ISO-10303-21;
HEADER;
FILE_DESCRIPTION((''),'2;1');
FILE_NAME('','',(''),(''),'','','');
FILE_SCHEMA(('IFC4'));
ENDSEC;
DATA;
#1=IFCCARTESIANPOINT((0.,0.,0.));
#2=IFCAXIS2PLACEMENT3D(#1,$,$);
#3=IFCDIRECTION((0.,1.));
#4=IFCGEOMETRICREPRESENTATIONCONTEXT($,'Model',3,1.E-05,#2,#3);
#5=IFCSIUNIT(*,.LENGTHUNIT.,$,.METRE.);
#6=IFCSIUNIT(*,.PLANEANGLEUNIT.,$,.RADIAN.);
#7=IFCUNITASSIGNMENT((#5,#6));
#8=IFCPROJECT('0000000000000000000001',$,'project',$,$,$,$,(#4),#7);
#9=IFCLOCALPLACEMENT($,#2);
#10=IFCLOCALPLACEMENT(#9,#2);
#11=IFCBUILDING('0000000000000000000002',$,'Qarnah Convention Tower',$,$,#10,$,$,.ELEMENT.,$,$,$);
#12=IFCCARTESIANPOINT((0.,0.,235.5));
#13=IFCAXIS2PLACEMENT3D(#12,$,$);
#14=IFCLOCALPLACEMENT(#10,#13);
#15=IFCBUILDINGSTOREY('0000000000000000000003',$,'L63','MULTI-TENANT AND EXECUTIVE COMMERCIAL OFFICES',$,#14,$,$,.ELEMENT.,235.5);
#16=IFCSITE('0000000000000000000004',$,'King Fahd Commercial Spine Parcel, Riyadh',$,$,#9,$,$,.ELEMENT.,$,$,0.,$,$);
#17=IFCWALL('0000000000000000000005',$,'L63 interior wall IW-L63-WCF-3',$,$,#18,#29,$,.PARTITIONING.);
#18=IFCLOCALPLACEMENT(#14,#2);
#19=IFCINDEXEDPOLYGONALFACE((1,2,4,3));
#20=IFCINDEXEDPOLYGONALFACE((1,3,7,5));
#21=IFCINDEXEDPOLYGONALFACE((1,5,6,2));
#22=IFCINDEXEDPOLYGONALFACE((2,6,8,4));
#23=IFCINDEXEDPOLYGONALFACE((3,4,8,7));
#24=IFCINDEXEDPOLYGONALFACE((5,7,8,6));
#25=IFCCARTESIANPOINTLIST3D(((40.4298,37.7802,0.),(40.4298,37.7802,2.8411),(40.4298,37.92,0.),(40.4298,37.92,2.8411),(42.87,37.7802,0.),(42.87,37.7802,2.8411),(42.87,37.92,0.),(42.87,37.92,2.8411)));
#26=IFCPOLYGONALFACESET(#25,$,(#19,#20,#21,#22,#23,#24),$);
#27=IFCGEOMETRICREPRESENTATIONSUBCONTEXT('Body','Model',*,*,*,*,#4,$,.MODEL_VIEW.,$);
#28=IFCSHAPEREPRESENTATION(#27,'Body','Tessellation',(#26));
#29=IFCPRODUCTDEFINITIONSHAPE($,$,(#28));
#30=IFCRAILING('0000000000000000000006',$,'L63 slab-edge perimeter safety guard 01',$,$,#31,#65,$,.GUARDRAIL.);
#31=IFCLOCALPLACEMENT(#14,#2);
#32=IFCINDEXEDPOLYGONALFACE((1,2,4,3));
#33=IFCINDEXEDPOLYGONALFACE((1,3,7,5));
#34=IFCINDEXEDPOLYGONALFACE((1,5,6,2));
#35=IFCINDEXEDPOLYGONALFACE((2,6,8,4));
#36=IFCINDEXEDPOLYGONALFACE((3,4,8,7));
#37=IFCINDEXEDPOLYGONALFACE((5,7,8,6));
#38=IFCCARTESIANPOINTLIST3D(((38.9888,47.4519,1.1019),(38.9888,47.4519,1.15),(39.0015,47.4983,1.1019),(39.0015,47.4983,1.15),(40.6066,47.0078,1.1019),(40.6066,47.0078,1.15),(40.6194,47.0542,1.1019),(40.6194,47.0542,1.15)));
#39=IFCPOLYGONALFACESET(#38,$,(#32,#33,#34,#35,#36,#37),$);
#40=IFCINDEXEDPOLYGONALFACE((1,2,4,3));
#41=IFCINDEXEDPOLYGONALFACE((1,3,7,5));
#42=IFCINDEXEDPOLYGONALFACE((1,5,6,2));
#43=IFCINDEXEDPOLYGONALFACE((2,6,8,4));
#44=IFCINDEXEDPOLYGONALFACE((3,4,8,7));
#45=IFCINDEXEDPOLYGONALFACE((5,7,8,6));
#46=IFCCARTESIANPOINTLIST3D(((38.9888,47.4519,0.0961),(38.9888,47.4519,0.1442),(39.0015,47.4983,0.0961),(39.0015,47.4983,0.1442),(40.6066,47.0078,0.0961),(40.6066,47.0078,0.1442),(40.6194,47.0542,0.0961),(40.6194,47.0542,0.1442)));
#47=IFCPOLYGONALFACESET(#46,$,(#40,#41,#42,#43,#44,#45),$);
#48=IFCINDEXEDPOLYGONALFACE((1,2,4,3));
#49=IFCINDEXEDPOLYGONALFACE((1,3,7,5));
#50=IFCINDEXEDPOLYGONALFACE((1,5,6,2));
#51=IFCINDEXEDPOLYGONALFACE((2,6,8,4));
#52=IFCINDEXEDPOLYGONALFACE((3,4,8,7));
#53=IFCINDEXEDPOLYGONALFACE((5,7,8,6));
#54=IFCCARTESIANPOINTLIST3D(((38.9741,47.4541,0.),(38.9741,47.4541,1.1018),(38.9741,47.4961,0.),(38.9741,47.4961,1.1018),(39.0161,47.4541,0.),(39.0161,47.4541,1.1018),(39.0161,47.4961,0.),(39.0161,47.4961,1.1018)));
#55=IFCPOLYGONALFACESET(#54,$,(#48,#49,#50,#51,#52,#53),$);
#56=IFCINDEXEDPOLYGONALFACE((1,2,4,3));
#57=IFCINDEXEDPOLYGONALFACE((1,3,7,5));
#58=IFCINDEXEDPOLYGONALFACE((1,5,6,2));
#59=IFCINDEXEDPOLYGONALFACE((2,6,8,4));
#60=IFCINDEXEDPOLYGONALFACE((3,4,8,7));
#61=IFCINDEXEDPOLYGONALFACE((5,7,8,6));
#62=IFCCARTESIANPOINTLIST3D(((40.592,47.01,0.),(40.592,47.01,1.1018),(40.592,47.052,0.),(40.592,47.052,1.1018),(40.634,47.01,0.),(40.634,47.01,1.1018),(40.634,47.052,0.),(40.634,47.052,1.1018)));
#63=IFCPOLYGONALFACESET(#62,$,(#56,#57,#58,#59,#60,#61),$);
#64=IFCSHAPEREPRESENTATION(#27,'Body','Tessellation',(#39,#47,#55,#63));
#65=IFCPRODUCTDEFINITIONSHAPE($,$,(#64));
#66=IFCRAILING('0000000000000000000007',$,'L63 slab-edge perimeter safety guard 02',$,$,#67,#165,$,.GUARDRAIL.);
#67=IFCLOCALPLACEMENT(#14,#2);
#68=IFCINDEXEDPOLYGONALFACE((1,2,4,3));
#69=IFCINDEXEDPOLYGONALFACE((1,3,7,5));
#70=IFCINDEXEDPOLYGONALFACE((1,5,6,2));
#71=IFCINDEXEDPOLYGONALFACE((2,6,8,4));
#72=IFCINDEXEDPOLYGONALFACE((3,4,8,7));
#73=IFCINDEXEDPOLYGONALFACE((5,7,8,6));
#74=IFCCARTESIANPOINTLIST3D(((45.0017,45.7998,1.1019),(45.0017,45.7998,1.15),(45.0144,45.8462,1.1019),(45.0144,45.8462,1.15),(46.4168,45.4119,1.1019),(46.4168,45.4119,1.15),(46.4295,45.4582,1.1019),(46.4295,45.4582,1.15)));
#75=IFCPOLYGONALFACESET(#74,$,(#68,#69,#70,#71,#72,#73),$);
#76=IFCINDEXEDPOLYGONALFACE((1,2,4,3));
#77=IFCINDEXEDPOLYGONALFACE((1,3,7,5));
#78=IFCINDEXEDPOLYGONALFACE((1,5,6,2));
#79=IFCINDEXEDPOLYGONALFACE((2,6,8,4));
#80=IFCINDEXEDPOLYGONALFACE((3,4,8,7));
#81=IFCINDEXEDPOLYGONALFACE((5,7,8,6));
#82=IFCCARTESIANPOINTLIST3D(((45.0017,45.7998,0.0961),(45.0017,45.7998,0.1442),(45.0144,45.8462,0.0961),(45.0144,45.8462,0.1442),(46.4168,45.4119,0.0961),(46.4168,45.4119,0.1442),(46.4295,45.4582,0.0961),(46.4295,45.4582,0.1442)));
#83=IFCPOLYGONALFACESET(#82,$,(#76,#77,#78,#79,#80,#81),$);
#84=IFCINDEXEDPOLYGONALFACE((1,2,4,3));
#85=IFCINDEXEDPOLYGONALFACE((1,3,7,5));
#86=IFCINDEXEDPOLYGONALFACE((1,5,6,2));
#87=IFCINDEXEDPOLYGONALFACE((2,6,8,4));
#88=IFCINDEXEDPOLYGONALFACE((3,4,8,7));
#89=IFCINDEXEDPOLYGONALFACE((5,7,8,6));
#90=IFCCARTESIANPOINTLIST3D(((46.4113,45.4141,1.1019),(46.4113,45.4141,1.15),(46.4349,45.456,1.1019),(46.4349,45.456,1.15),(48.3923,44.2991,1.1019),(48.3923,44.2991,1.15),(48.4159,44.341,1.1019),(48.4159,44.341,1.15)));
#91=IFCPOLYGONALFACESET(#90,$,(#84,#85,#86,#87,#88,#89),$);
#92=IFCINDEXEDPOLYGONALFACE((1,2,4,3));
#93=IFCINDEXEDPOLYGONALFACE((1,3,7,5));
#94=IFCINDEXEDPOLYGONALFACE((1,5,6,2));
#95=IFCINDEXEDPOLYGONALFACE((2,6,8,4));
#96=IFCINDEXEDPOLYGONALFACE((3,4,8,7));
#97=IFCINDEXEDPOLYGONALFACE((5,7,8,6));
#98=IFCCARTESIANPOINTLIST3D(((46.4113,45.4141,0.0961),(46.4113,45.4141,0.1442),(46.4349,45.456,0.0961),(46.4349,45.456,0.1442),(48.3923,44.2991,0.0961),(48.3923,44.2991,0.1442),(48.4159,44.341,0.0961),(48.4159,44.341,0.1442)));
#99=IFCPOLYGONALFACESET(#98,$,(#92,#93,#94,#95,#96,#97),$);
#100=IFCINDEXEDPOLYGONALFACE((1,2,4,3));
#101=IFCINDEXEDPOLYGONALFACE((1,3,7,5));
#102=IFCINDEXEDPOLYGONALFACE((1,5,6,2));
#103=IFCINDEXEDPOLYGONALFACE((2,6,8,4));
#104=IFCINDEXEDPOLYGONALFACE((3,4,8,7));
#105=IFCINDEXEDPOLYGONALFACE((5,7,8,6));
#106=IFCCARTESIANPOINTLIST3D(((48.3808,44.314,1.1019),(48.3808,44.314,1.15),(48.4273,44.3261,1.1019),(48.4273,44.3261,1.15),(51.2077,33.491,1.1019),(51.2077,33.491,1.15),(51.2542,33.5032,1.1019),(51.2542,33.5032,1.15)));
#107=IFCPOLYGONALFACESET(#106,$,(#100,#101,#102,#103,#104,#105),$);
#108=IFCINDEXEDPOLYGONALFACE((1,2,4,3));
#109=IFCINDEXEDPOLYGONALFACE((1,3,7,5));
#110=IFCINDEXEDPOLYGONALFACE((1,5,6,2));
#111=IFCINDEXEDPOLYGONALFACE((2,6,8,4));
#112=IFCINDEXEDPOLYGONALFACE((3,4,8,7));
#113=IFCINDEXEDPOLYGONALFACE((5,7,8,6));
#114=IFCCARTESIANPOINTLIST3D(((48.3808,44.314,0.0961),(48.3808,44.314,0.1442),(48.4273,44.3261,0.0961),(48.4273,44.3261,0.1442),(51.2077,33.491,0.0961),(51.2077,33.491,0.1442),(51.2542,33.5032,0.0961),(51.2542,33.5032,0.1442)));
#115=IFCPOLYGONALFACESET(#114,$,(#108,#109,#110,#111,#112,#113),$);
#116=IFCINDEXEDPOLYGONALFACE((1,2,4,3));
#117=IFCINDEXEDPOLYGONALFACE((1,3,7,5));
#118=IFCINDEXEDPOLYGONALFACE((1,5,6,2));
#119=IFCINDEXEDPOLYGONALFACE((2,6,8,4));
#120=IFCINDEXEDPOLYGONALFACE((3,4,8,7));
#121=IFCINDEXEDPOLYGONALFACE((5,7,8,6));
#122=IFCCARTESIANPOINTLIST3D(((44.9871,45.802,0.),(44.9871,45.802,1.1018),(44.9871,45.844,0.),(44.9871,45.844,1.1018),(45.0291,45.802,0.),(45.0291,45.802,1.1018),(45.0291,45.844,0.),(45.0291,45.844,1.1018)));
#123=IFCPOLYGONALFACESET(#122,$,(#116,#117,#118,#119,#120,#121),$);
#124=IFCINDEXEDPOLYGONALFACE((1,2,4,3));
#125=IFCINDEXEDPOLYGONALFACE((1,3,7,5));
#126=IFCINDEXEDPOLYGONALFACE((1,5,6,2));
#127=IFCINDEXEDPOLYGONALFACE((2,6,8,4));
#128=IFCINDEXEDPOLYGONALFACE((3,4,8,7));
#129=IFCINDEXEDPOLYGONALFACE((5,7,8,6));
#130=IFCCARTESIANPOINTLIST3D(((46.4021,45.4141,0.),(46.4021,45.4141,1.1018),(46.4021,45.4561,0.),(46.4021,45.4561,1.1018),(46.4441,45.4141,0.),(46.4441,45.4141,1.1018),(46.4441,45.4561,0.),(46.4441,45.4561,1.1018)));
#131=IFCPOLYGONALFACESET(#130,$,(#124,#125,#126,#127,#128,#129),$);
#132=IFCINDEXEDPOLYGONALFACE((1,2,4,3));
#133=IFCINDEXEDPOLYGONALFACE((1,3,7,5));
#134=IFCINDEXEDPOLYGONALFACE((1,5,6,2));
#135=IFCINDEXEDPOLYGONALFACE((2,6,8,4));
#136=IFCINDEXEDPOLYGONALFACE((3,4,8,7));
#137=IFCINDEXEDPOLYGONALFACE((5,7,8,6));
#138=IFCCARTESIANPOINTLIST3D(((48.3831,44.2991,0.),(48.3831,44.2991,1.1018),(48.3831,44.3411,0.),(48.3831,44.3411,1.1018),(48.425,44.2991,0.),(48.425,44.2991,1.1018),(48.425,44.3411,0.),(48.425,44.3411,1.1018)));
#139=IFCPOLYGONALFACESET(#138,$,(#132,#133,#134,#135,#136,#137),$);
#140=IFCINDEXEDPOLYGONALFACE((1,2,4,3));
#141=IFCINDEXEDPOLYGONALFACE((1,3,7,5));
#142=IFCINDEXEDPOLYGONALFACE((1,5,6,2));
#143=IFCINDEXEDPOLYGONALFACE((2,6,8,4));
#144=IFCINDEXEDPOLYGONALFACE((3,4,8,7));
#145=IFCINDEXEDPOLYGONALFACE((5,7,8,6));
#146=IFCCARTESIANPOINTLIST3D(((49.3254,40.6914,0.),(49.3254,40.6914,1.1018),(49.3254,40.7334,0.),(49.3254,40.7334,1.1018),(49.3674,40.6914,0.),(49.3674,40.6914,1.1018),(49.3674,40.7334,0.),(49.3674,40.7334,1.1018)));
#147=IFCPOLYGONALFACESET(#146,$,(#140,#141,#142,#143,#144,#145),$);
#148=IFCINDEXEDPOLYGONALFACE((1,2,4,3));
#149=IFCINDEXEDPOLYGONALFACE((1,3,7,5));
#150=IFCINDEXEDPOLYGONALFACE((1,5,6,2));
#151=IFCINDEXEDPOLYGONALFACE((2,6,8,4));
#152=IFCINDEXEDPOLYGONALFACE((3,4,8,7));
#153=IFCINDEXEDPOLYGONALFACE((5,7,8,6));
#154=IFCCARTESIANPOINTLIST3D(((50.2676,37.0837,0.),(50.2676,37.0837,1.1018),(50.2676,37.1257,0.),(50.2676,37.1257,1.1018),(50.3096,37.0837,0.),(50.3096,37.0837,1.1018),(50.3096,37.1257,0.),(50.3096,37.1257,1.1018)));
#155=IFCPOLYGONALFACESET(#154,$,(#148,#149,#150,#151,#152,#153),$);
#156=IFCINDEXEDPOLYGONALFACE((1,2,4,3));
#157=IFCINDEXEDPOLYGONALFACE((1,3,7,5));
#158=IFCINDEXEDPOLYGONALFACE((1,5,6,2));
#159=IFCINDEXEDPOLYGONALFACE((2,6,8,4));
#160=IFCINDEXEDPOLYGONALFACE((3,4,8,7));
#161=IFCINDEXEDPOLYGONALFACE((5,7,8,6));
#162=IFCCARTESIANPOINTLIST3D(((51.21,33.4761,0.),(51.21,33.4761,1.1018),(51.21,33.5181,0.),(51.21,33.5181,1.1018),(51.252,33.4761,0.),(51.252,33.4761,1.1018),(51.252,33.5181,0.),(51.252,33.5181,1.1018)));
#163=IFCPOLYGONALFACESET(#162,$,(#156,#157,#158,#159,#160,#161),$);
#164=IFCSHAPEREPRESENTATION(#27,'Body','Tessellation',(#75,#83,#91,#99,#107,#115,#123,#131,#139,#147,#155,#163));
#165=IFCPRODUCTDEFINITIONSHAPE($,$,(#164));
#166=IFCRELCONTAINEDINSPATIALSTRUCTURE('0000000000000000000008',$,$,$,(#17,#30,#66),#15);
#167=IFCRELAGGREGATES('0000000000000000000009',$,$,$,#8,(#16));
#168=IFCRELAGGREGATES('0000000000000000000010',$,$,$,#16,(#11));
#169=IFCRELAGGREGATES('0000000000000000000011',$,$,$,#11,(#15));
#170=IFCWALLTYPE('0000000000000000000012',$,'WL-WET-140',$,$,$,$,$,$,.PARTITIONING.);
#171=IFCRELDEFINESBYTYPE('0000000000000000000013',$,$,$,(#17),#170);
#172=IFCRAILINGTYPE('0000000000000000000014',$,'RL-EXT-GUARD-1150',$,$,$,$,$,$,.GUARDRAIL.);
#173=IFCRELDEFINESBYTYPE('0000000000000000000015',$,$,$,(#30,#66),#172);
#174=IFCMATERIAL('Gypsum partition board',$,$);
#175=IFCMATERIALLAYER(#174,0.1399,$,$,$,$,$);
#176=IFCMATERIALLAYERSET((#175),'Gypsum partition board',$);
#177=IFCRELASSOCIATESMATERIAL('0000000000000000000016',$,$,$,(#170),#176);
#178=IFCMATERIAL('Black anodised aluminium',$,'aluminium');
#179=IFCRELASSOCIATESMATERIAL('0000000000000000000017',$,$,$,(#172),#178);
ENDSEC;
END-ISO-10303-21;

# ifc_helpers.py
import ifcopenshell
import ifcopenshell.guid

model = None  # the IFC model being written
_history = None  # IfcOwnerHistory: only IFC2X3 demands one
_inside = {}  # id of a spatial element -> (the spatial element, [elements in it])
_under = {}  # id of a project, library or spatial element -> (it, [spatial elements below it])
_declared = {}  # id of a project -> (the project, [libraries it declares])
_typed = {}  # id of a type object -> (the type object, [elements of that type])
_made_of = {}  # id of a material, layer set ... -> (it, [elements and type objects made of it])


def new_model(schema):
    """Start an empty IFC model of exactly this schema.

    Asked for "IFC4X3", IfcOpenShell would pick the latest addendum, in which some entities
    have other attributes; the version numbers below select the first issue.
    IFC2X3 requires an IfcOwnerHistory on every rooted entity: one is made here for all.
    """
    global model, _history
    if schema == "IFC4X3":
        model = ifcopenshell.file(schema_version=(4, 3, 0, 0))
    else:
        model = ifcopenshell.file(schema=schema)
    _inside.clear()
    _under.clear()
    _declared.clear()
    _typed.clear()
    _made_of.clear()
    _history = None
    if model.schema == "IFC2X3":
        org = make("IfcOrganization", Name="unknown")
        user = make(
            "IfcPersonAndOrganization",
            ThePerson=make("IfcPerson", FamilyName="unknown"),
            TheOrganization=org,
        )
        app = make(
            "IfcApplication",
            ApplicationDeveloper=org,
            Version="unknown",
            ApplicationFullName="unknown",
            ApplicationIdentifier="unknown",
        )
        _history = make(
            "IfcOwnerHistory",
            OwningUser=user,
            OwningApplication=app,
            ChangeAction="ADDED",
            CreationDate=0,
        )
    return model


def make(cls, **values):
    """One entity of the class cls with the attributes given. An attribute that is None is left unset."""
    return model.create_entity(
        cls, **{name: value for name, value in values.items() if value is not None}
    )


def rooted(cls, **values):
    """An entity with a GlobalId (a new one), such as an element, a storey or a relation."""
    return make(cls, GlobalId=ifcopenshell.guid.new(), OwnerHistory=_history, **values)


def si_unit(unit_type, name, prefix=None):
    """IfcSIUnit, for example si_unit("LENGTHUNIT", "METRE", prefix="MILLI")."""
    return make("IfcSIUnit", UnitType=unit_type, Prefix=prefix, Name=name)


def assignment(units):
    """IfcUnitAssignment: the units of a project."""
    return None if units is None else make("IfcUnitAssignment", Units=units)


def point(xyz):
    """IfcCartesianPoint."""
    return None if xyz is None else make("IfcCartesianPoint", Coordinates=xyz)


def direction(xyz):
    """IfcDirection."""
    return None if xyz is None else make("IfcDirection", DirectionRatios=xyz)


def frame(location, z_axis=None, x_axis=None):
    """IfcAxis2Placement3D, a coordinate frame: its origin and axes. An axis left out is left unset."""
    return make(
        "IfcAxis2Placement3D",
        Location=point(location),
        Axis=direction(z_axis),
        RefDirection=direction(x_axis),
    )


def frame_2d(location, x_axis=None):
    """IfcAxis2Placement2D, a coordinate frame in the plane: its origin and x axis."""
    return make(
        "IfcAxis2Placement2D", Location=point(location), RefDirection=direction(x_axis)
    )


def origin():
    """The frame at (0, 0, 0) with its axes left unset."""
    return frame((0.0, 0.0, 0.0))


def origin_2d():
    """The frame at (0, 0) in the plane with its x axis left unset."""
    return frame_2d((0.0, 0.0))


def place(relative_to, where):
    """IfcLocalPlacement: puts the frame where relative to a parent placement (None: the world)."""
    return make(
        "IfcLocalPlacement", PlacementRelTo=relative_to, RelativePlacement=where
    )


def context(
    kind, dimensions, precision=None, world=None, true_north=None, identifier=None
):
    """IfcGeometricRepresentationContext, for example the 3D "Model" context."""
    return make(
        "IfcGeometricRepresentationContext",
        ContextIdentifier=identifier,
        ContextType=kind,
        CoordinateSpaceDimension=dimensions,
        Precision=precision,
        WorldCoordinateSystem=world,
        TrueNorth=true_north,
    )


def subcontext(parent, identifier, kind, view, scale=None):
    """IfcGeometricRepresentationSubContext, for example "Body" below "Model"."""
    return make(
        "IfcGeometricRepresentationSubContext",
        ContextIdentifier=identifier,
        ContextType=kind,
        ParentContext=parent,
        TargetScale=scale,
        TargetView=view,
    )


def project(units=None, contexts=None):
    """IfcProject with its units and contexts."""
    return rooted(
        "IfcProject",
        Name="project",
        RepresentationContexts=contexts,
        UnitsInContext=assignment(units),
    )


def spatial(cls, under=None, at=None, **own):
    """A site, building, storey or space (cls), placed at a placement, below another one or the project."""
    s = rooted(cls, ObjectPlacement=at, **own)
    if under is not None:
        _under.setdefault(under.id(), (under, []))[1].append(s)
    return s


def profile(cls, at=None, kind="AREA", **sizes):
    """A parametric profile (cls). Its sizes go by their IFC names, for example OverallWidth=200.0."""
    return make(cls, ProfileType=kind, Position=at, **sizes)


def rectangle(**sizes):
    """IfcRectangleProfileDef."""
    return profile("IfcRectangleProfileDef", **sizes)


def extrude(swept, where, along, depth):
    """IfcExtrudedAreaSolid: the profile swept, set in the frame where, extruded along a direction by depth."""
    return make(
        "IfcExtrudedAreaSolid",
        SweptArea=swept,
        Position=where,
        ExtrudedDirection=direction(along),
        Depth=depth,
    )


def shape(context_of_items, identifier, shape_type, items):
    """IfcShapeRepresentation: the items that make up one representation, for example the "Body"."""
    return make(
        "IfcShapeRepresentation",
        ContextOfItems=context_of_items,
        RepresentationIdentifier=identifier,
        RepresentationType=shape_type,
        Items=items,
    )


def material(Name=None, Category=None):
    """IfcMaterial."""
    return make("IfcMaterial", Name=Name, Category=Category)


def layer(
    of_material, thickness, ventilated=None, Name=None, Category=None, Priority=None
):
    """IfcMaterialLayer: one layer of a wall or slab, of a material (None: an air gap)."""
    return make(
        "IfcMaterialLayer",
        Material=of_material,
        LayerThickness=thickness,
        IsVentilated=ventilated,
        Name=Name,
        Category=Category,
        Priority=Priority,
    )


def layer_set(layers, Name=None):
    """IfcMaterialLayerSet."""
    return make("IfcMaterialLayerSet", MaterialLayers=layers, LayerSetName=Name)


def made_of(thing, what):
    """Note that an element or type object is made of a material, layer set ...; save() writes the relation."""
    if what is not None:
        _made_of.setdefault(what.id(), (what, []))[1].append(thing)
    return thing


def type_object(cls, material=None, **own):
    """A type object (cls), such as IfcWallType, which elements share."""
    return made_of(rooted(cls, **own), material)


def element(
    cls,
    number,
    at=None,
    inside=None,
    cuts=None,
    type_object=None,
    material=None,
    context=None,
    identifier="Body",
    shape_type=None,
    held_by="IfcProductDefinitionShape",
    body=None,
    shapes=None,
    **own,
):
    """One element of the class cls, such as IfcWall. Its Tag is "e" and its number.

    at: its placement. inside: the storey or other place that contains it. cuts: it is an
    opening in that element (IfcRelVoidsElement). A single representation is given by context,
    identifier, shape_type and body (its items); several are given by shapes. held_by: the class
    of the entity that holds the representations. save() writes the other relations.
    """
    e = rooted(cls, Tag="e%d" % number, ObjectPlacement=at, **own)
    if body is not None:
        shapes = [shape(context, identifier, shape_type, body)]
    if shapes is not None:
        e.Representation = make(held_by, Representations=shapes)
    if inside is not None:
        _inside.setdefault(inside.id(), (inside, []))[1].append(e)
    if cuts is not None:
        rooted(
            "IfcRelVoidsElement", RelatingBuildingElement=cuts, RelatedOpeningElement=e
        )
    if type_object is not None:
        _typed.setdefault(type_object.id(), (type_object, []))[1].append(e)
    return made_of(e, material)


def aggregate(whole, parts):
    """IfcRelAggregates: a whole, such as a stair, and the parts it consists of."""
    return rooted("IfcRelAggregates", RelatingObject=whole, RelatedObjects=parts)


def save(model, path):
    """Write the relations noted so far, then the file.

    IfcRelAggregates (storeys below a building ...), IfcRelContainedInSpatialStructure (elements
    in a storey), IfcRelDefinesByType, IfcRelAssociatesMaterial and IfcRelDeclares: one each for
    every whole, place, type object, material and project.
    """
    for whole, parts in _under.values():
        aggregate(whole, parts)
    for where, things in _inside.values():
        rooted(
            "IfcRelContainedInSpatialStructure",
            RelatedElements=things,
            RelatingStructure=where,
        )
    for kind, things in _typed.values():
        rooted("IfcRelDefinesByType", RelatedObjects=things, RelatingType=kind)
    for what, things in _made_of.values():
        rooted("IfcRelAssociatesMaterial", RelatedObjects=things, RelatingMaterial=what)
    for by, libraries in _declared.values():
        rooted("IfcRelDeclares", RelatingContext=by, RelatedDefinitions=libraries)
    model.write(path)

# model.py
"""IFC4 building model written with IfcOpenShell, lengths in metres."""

from ifc_helpers import new_model, si_unit, direction, frame, frame_2d, origin, origin_2d, place, context, subcontext, project, spatial, rectangle, extrude, material, layer, layer_set, type_object, element, save


model = new_model("IFC4")

# Units and contexts
model_context = context("Model", 3, precision=1e-05, world=origin(), true_north=direction((0.0, 1.0)))
body_context = subcontext(model_context, "Body", "Model", "MODEL_VIEW")
ifc_project = project(units=[si_unit("LENGTHUNIT", "METRE"), si_unit("PLANEANGLEUNIT", "RADIAN")], contexts=[model_context])

# Site, building, storey
site_placement = place(None, origin())
site = spatial("IfcSite", under=ifc_project, at=site_placement, Name="King Fahd Commercial Spine Parcel, Riyadh", CompositionType="ELEMENT", RefElevation=0.0)
building_placement = place(site_placement, origin())
building = spatial("IfcBuilding", under=site, at=building_placement, Name="Qarnah Convention Tower", CompositionType="ELEMENT")
storey_placement = place(building_placement, frame((0.0, 0.0, 235.5)))
storey = spatial("IfcBuildingStorey", under=building, at=storey_placement, Name="L63", Description="MULTI-TENANT AND EXECUTIVE COMMERCIAL OFFICES", CompositionType="ELEMENT", Elevation=235.5)

# Shared definitions
ifc_material_1 = material(Name="Black anodised aluminium", Category="aluminium")

# Shared definitions
ifc_material_2 = material(Name="Gypsum partition board")

# Shared definitions
ifc_layer_1 = layer(ifc_material_2, 0.1399)
ifc_layer_set_1 = layer_set([ifc_layer_1], Name="Gypsum partition board")
wall_type_1 = type_object("IfcWallType", Name="WL-WET-140", PredefinedType="PARTITIONING", material=ifc_layer_set_1)

# Wall
wall_1_placement = place(storey_placement, frame((42.8701, 37.8501, 0.0), z_axis=(0.0, 0.0, 1.0), x_axis=(-1.0, 0.0, 0.0)))
element("IfcWall", 1, at=wall_1_placement, inside=storey, type_object=wall_type_1, Name="L63 interior wall IW-L63-WCF-3", PredefinedType="PARTITIONING", context=body_context, shape_type="SweptSolid", body=[
    extrude(rectangle(XDim=2.4402, YDim=0.1399, at=frame_2d((1.2202, 0.0))), origin(), (0.0, 0.0, 1.0), 2.8411),
])

# Railings
railing_type = type_object("IfcRailingType", Name="RL-EXT-GUARD-1150", PredefinedType="GUARDRAIL", material=ifc_material_1)
railing_1_placement = place(storey_placement, frame((38.9951, 47.4751, 0.0)))
element("IfcRailing", 2, at=railing_1_placement, inside=storey, type_object=railing_type, Name="L63 slab-edge perimeter safety guard 01", PredefinedType="GUARDRAIL", context=body_context, shape_type="SweptSolid", body=[
    extrude(rectangle(XDim=0.0481, YDim=0.0481, at=origin_2d()), frame((0.0, 0.0, 1.126), z_axis=(0.964333, -0.264693, 0.0), x_axis=(0.264693, 0.964333, 0.0)), (0.0, 0.0, 1.0), 1.6777),
    extrude(rectangle(XDim=0.0481, YDim=0.0481, at=origin_2d()), frame((0.0, 0.0, 0.1201), z_axis=(0.964333, -0.264693, 0.0), x_axis=(0.264693, 0.964333, 0.0)), (0.0, 0.0, 1.0), 1.6777),
    extrude(rectangle(XDim=0.042, YDim=0.042, at=origin_2d()), origin(), (0.0, 0.0, 1.0), 1.1018),
    extrude(rectangle(XDim=0.042, YDim=0.042, at=origin_2d()), frame((1.6179, -0.4441, 0.0)), (0.0, 0.0, 1.0), 1.1018),
])
railing_2_placement = place(storey_placement, frame((45.0081, 45.823, 0.0)))
element("IfcRailing", 3, at=railing_2_placement, inside=storey, type_object=railing_type, Name="L63 slab-edge perimeter safety guard 02", PredefinedType="GUARDRAIL", context=body_context, shape_type="SweptSolid", body=[
    extrude(rectangle(XDim=0.0481, YDim=0.0481, at=origin_2d()), frame((0.0, 0.0, 1.126), z_axis=(0.964414, -0.264398, 0.0), x_axis=(0.264398, 0.964414, 0.0)), (0.0, 0.0, 1.0), 1.4673),
    extrude(rectangle(XDim=0.0481, YDim=0.0481, at=origin_2d()), frame((0.0, 0.0, 0.1201), z_axis=(0.964414, -0.264398, 0.0), x_axis=(0.264398, 0.964414, 0.0)), (0.0, 0.0, 1.0), 1.4673),
    extrude(rectangle(XDim=0.0481, YDim=0.0481, at=origin_2d()), frame((1.415, -0.3879, 1.126), z_axis=(0.871444, -0.490496, 0.0), x_axis=(0.490496, 0.871444, 0.0)), (0.0, 0.0, 1.0), 2.2732),
    extrude(rectangle(XDim=0.0481, YDim=0.0481, at=origin_2d()), frame((1.415, -0.3879, 0.1201), z_axis=(0.871444, -0.490496, 0.0), x_axis=(0.490496, 0.871444, 0.0)), (0.0, 0.0, 1.0), 2.2732),
    extrude(rectangle(XDim=0.0481, YDim=0.0481, at=origin_2d()), frame((3.396, -1.5029, 1.126), z_axis=(0.252716, -0.967541, 0.0), x_axis=(0.967541, 0.252716, 0.0)), (0.0, 0.0, 1.0), 11.186),
    extrude(rectangle(XDim=0.0481, YDim=0.0481, at=origin_2d()), frame((3.396, -1.5029, 0.1201), z_axis=(0.252716, -0.967541, 0.0), x_axis=(0.967541, 0.252716, 0.0)), (0.0, 0.0, 1.0), 11.186),
    extrude(rectangle(XDim=0.042, YDim=0.042, at=origin_2d()), origin(), (0.0, 0.0, 1.0), 1.1018),
    extrude(rectangle(XDim=0.042, YDim=0.042, at=origin_2d()), frame((1.415, -0.3879, 0.0)), (0.0, 0.0, 1.0), 1.1018),
    extrude(rectangle(XDim=0.042, YDim=0.042, at=origin_2d()), frame((3.396, -1.5029, 0.0)), (0.0, 0.0, 1.0), 1.1018),
    extrude(rectangle(XDim=0.042, YDim=0.042, at=origin_2d()), frame((4.3384, -5.1106, 0.0)), (0.0, 0.0, 1.0), 1.1018),
    extrude(rectangle(XDim=0.042, YDim=0.042, at=origin_2d()), frame((5.2805, -8.7183, 0.0)), (0.0, 0.0, 1.0), 1.1018),
    extrude(rectangle(XDim=0.042, YDim=0.042, at=origin_2d()), frame((6.2229, -12.3259, 0.0)), (0.0, 0.0, 1.0), 1.1018),
])

save(model, "model.ifc")
